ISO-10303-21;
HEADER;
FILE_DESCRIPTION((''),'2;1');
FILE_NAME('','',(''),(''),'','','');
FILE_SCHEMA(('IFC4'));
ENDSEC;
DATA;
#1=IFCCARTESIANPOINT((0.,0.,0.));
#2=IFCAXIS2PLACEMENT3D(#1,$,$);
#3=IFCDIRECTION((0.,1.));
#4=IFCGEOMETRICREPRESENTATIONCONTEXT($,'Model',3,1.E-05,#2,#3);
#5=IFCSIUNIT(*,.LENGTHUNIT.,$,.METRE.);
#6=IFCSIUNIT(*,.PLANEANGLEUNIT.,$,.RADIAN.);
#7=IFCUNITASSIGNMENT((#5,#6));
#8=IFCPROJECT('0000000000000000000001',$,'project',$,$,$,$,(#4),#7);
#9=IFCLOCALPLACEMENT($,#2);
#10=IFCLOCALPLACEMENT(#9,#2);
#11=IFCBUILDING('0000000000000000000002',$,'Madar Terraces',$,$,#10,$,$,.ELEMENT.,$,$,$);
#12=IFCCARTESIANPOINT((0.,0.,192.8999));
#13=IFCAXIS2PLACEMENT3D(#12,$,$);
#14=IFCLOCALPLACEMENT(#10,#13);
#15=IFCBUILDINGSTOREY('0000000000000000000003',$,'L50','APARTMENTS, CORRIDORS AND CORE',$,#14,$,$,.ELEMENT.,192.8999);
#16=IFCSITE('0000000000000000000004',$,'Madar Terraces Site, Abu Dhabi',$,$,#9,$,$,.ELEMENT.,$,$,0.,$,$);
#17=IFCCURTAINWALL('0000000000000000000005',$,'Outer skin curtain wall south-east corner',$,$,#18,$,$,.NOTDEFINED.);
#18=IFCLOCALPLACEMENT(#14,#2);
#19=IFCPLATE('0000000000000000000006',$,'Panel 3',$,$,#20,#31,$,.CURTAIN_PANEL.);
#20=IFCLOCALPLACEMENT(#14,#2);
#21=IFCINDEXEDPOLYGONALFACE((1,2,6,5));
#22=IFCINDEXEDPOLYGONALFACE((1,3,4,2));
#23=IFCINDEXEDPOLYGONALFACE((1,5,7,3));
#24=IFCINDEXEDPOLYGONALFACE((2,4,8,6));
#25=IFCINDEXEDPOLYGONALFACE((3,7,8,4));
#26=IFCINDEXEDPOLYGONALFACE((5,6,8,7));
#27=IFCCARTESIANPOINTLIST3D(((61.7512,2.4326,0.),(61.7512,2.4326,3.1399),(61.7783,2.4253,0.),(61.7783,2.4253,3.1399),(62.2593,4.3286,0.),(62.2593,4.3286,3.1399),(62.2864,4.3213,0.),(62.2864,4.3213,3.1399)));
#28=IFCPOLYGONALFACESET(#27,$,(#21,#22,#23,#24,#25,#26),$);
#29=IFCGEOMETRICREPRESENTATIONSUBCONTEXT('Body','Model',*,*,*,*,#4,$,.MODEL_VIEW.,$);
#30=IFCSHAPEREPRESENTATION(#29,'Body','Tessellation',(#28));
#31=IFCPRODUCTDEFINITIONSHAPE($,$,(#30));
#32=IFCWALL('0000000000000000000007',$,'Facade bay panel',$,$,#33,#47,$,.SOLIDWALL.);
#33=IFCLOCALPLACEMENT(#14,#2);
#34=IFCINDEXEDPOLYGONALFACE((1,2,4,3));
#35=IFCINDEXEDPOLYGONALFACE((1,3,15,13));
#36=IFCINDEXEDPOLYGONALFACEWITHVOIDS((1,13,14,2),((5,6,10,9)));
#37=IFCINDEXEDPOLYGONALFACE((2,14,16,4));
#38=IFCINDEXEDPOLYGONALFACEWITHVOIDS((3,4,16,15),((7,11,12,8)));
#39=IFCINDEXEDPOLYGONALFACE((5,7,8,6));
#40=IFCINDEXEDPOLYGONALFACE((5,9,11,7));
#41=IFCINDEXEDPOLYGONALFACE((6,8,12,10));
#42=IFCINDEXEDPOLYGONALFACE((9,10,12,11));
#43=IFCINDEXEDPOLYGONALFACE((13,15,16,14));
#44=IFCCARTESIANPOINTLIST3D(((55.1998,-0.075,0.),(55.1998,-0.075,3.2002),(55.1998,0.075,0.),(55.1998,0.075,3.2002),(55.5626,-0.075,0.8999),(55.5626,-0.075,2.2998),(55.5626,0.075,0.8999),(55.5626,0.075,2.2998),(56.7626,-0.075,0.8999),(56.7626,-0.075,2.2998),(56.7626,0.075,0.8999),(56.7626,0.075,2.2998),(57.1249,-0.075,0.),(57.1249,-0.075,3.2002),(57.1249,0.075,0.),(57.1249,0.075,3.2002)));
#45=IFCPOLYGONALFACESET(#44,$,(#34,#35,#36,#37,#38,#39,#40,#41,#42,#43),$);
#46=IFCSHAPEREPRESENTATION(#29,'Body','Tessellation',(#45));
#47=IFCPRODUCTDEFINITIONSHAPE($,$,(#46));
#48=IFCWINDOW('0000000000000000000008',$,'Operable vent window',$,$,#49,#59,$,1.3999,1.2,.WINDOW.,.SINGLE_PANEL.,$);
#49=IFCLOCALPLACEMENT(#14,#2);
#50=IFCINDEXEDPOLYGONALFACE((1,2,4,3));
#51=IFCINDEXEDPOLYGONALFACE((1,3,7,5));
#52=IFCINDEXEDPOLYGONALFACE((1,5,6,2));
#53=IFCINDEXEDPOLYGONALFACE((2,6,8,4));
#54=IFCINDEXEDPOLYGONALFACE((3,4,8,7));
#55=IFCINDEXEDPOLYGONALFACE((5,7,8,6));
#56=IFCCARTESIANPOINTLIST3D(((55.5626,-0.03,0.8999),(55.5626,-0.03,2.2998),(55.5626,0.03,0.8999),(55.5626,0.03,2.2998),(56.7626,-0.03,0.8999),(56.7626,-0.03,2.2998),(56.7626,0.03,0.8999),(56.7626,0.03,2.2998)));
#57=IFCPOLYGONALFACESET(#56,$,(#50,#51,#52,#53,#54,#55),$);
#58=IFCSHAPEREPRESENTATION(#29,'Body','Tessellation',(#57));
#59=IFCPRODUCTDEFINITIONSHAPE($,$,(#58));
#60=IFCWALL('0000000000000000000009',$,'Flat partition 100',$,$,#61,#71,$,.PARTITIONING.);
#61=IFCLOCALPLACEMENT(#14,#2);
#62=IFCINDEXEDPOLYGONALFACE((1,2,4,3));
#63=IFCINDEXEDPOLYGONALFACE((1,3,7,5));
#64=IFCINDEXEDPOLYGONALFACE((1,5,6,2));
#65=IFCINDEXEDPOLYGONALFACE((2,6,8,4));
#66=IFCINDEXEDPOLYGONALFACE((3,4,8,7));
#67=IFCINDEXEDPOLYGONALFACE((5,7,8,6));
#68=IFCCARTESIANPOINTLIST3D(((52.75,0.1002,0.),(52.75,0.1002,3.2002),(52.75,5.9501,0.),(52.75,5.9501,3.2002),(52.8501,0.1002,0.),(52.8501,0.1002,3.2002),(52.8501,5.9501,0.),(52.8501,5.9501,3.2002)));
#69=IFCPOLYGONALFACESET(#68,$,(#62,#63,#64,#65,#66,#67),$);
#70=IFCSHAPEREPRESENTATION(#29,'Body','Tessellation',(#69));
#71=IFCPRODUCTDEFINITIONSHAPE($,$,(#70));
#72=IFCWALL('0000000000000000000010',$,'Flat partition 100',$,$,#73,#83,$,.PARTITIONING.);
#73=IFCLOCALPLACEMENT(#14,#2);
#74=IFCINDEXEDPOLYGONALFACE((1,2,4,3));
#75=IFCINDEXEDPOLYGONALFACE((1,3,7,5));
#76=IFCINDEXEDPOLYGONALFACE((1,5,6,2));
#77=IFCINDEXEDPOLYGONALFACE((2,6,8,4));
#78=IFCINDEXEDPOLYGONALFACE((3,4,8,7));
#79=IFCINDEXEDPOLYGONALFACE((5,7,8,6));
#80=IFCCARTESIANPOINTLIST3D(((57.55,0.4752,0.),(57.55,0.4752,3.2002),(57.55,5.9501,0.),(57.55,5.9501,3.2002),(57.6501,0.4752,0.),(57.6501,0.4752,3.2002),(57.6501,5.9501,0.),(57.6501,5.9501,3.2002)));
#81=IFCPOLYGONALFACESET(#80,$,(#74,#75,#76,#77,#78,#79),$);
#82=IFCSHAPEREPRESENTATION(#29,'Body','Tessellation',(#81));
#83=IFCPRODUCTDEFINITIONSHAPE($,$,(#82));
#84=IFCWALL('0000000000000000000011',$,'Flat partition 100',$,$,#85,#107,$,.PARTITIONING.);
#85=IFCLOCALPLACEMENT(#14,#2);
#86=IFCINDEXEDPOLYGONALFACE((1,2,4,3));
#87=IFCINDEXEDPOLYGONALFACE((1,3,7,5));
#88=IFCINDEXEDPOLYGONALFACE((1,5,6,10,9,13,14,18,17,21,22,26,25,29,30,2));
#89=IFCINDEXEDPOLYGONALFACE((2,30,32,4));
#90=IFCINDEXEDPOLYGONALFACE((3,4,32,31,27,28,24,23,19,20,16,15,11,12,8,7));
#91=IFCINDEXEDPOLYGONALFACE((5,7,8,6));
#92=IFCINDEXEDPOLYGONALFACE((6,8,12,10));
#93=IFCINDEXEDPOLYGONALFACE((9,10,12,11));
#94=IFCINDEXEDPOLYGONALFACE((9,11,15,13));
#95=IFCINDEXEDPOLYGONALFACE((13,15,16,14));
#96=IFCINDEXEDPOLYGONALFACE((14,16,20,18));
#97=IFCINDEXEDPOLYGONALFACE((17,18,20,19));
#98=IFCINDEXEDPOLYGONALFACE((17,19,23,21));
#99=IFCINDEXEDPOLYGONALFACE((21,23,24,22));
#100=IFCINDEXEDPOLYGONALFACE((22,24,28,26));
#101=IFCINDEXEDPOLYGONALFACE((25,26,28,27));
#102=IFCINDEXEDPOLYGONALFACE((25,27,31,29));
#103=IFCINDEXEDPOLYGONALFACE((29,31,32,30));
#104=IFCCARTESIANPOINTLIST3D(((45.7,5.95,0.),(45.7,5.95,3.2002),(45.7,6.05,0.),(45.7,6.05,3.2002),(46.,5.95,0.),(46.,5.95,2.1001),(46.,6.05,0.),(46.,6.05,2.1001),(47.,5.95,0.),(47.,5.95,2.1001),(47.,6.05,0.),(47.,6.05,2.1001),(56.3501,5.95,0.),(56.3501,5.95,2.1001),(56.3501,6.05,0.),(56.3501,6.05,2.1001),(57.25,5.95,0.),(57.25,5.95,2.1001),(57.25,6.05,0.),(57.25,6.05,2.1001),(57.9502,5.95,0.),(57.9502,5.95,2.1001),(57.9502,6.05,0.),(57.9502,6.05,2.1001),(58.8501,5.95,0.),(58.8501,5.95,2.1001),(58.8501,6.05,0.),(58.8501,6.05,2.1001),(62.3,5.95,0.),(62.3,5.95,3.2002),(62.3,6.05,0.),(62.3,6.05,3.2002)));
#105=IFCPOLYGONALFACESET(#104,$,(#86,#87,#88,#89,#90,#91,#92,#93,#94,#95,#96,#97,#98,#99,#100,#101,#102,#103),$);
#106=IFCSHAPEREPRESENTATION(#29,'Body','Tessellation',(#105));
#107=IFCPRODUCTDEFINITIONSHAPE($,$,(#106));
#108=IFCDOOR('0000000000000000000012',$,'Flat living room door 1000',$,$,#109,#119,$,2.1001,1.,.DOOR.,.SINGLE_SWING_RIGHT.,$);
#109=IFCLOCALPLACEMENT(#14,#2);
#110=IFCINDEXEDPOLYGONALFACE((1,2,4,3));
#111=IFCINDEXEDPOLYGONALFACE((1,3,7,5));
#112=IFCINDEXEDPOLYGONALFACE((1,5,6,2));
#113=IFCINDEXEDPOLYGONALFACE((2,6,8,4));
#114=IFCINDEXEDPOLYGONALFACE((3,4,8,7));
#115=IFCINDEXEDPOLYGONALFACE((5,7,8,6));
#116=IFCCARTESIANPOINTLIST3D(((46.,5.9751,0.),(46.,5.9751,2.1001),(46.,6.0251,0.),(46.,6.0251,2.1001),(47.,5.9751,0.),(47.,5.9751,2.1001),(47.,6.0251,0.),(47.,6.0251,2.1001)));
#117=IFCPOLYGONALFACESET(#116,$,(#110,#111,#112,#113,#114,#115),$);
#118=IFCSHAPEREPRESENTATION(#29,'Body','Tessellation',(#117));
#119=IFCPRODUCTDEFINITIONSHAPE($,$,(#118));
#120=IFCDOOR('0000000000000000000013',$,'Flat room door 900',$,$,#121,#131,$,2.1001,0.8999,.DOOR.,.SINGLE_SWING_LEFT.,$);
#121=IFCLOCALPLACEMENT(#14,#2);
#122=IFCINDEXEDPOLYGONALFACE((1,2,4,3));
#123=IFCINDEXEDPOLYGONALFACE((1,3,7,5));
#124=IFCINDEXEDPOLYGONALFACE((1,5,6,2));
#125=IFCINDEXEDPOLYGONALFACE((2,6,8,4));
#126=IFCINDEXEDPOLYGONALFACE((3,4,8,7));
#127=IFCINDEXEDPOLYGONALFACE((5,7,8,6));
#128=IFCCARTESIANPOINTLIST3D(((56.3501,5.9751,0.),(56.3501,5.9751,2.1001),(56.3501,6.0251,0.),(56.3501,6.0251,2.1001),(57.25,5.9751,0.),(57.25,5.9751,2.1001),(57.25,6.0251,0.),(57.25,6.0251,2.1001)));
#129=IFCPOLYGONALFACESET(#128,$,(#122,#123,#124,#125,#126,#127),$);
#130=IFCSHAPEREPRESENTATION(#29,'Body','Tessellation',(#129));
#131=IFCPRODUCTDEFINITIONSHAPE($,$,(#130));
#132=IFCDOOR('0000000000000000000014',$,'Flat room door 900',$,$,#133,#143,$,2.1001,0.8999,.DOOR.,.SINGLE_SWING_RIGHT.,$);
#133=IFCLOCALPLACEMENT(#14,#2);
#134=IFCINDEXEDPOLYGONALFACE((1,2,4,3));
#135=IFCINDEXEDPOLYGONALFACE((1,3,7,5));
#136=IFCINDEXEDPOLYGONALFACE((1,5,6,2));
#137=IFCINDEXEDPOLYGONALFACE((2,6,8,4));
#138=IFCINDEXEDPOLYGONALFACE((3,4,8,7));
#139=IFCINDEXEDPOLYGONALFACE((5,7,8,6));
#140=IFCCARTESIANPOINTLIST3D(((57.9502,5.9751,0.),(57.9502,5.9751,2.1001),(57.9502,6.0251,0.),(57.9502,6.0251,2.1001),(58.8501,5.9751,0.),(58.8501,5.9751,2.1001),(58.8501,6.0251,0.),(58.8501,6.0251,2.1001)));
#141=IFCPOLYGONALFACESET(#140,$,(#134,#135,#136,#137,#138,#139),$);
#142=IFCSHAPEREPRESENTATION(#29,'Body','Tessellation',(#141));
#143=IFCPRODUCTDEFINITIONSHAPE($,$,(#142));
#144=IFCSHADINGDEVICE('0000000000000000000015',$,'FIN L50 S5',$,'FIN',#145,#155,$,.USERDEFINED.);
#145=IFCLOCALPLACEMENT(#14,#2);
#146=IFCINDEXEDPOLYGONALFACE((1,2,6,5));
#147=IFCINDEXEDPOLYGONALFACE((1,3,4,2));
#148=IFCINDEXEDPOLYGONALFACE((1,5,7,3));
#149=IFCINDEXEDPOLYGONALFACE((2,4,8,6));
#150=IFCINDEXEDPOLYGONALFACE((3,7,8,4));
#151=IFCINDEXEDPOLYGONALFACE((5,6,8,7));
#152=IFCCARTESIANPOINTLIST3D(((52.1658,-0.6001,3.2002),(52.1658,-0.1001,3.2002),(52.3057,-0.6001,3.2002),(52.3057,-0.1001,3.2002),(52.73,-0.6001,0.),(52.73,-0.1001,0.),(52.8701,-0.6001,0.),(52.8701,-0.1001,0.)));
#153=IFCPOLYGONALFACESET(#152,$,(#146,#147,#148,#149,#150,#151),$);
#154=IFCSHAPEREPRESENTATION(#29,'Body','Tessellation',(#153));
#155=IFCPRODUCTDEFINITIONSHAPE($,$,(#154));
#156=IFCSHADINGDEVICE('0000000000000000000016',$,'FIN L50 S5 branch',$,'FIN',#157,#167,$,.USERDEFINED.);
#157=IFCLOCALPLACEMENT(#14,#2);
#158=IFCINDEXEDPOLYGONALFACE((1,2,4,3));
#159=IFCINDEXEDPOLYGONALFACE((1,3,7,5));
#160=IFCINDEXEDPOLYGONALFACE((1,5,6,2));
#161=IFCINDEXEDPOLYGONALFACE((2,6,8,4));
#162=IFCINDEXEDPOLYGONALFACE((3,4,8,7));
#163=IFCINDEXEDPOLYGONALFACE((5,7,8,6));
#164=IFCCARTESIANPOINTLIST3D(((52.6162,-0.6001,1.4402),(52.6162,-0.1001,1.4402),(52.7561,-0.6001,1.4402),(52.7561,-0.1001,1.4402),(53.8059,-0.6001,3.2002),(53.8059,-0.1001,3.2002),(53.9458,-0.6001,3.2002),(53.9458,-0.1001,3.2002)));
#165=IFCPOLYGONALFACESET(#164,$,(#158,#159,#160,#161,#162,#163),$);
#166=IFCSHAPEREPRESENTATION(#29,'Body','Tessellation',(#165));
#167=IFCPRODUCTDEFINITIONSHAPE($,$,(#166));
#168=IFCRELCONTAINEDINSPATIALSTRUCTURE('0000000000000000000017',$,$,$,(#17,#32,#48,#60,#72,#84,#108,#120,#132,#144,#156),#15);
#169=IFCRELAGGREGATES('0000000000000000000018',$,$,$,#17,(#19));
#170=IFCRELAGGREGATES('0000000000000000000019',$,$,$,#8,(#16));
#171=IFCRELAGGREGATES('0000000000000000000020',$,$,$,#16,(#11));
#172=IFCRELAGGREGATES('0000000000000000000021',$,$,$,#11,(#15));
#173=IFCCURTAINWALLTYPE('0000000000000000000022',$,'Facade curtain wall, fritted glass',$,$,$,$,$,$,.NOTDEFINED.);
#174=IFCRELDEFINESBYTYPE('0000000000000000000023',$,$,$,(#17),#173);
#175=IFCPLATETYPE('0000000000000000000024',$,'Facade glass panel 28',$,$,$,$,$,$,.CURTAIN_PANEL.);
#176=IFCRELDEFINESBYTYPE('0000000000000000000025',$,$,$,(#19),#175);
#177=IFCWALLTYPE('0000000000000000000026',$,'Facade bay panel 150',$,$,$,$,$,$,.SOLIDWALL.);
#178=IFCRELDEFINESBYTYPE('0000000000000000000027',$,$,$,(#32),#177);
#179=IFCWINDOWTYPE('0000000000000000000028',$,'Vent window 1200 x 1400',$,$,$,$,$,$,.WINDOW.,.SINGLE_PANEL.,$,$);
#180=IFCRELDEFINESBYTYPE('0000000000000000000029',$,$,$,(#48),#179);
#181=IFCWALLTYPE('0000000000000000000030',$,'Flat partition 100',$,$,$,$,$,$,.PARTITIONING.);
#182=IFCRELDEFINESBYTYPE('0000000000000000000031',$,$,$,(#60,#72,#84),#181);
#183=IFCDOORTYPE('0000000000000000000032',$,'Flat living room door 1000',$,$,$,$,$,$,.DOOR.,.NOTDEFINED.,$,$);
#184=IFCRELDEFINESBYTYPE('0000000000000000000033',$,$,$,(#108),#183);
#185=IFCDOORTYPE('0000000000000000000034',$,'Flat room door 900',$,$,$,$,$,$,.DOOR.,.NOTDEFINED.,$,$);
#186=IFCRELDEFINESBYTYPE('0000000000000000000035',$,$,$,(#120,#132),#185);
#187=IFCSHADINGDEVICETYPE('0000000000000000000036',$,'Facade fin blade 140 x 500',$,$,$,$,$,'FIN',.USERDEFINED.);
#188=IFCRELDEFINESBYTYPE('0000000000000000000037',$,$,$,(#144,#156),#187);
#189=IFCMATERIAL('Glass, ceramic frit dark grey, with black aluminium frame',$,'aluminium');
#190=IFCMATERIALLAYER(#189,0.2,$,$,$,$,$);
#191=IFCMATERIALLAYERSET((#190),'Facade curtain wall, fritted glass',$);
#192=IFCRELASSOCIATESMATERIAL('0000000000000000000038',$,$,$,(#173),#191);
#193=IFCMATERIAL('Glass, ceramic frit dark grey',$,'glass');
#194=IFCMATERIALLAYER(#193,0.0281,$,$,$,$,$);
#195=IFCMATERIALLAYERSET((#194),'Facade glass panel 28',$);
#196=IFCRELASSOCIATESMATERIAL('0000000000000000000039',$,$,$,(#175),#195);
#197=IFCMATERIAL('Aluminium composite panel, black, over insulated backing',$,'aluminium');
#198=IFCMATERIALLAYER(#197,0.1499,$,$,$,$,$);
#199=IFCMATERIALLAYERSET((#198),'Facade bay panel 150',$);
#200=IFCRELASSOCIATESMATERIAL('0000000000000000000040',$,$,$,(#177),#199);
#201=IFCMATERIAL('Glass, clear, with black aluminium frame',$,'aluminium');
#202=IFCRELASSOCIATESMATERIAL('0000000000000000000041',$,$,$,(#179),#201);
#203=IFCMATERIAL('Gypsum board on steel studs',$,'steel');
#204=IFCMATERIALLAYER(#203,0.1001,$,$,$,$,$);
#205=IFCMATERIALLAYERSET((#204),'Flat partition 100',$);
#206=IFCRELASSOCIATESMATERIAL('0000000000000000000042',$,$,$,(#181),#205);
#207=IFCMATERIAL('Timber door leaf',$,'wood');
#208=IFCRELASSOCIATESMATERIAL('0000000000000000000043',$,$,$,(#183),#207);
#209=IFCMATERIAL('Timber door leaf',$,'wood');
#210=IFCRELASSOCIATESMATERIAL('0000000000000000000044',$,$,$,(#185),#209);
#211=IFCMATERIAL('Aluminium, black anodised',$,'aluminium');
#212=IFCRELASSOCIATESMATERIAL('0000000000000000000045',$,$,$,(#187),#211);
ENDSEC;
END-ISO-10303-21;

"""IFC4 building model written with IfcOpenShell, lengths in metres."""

from ifc_helpers import new_model, si_unit, direction, frame, frame_2d, origin, origin_2d, place, context, subcontext, project, spatial, polyline, rectangle, outline, extrude, material, layer, layer_set, type_object, element, fill, aggregate, save


model = new_model("IFC4")

# Units and contexts
model_context = context("Model", 3, precision=1e-05, world=origin(), true_north=direction((0.0, 1.0)))
body_context = subcontext(model_context, "Body", "Model", "MODEL_VIEW")
ifc_project = project(units=[si_unit("LENGTHUNIT", "METRE"), si_unit("PLANEANGLEUNIT", "RADIAN")], contexts=[model_context])

# Site, building, storey
site_placement = place(None, origin())
site = spatial("IfcSite", under=ifc_project, at=site_placement, Name="Madar Terraces Site, Abu Dhabi", CompositionType="ELEMENT", RefElevation=0.0)
building_placement = place(site_placement, origin())
building = spatial("IfcBuilding", under=site, at=building_placement, Name="Madar Terraces", CompositionType="ELEMENT")
storey_placement = place(building_placement, frame((0.0, 0.0, 192.8999)))
storey = spatial("IfcBuildingStorey", under=building, at=storey_placement, Name="L50", Description="APARTMENTS, CORRIDORS AND CORE", CompositionType="ELEMENT", Elevation=192.8999)

# Shared definitions
ifc_material_1 = material(Name="Glass, ceramic frit dark grey, with black aluminium frame", Category="aluminium")
ifc_layer_1 = layer(ifc_material_1, 0.2)
ifc_layer_set_1 = layer_set([ifc_layer_1], Name="Facade curtain wall, fritted glass")
curtain_wall_type = type_object("IfcCurtainWallType", Name="Facade curtain wall, fritted glass", PredefinedType="NOTDEFINED", material=ifc_layer_set_1)

# Curtain wall
curtain_wall_1_placement = place(storey_placement, origin())
curtain_wall_1 = element("IfcCurtainWall", 1, at=curtain_wall_1_placement, inside=storey, type_object=curtain_wall_type, Name="Outer skin curtain wall south-east corner", PredefinedType="NOTDEFINED")

# Plate
ifc_material_2 = material(Name="Glass, ceramic frit dark grey", Category="glass")
ifc_layer_2 = layer(ifc_material_2, 0.0281)
ifc_layer_set_2 = layer_set([ifc_layer_2], Name="Facade glass panel 28")
plate_type = type_object("IfcPlateType", Name="Facade glass panel 28", PredefinedType="CURTAIN_PANEL", material=ifc_layer_set_2)
plate_1_placement = place(storey_placement, frame((62.0188, 3.377, 0.0), z_axis=(0.0, 0.0, 1.0), x_axis=(0.258819, 0.965926, 0.0)))
plate_1 = element("IfcPlate", 2, at=plate_1_placement, type_object=plate_type, Name="Panel 3", PredefinedType="CURTAIN_PANEL", context=body_context, shape_type="SweptSolid", body=[
    extrude(rectangle(XDim=1.9629, YDim=0.0281, at=origin_2d()), origin(), (0.0, 0.0, 1.0), 3.1399),
])
aggregate(curtain_wall_1, [plate_1])

# Wall, opening, window
ifc_material_3 = material(Name="Aluminium composite panel, black, over insulated backing", Category="aluminium")
ifc_layer_3 = layer(ifc_material_3, 0.1499)
ifc_layer_set_3 = layer_set([ifc_layer_3], Name="Facade bay panel 150")
wall_type_1 = type_object("IfcWallType", Name="Facade bay panel 150", PredefinedType="SOLIDWALL", material=ifc_layer_set_3)
wall_1_placement = place(storey_placement, frame((55.2, 0.0, 0.0), z_axis=(0.0, 0.0, 1.0), x_axis=(1.0, 0.0, 0.0)))
wall_1 = element("IfcWall", 3, at=wall_1_placement, inside=storey, type_object=wall_type_1, Name="Facade bay panel", PredefinedType="SOLIDWALL", context=body_context, shape_type="SweptSolid", body=[
    extrude(rectangle(XDim=1.925, YDim=0.1499, at=frame_2d((0.9624, 0.0))), origin(), (0.0, 0.0, 1.0), 3.2002),
])
opening_1_placement = place(wall_1_placement, frame((0.3625, 0.0, 0.8999)))
opening_1 = element("IfcOpeningElement", 4, at=opening_1_placement, cuts=wall_1, PredefinedType="OPENING", context=body_context, shape_type="SweptSolid", body=[
    extrude(rectangle(XDim=1.2, YDim=1.3999, at=frame_2d((0.6001, 0.7))), frame((0.0, 0.085, 0.0), z_axis=(0.0, -1.0, 0.0), x_axis=(1.0, 0.0, 0.0)), (0.0, 0.0, 1.0), 0.1699),
])
ifc_material_4 = material(Name="Glass, clear, with black aluminium frame", Category="aluminium")
window_type = type_object("IfcWindowType", Name="Vent window 1200 x 1400", PartitioningType="SINGLE_PANEL", PredefinedType="WINDOW", material=ifc_material_4)
window_placement = place(opening_1_placement, origin())
window = element("IfcWindow", 5, at=window_placement, inside=storey, type_object=window_type, Name="Operable vent window", OverallHeight=1.3999, OverallWidth=1.2, PartitioningType="SINGLE_PANEL", PredefinedType="WINDOW", context=body_context, shape_type="SweptSolid", body=[
    extrude(rectangle(XDim=1.2, YDim=1.3999, at=frame_2d((0.6001, 0.7))), frame((0.0, 0.03, 0.0), z_axis=(0.0, -1.0, 0.0), x_axis=(1.0, 0.0, 0.0)), (0.0, 0.0, 1.0), 0.0601),
])
fill(opening_1, window)

# Walls
ifc_material_5 = material(Name="Gypsum board on steel studs", Category="steel")
ifc_layer_4 = layer(ifc_material_5, 0.1001)
ifc_layer_set_4 = layer_set([ifc_layer_4], Name="Flat partition 100")
wall_type_2 = type_object("IfcWallType", Name="Flat partition 100", PredefinedType="PARTITIONING", material=ifc_layer_set_4)
wall_2_placement = place(storey_placement, frame((52.8, 5.95, 0.0), z_axis=(0.0, 0.0, 1.0), x_axis=(0.0, -1.0, 0.0)))
element("IfcWall", 6, at=wall_2_placement, inside=storey, type_object=wall_type_2, Name="Flat partition 100", PredefinedType="PARTITIONING", context=body_context, shape_type="SweptSolid", body=[
    extrude(rectangle(XDim=5.8499, YDim=0.1001, at=frame_2d((2.9248, 0.0))), origin(), (0.0, 0.0, 1.0), 3.2002),
])
wall_3_placement = place(storey_placement, frame((57.6001, 5.95, 0.0), z_axis=(0.0, 0.0, 1.0), x_axis=(0.0, -1.0, 0.0)))
element("IfcWall", 7, at=wall_3_placement, inside=storey, type_object=wall_type_2, Name="Flat partition 100", PredefinedType="PARTITIONING", context=body_context, shape_type="SweptSolid", body=[
    extrude(rectangle(XDim=5.4749, YDim=0.1001, at=frame_2d((2.7373, 0.0))), origin(), (0.0, 0.0, 1.0), 3.2002),
])

# Wall, openings, doors
wall_4_placement = place(storey_placement, frame((62.3, 6.0, 0.0), z_axis=(0.0, 0.0, 1.0), x_axis=(-1.0, 0.0, 0.0)))
wall_4 = element("IfcWall", 8, at=wall_4_placement, inside=storey, type_object=wall_type_2, Name="Flat partition 100", PredefinedType="PARTITIONING", context=body_context, shape_type="SweptSolid", body=[
    extrude(rectangle(XDim=16.6001, YDim=0.1001, at=frame_2d((8.3, 0.0))), origin(), (0.0, 0.0, 1.0), 3.2002),
])
opening_2_placement = place(wall_4_placement, frame((15.3, 0.0, 0.0)))
opening_2 = element("IfcOpeningElement", 9, at=opening_2_placement, cuts=wall_4, PredefinedType="OPENING", context=body_context, shape_type="SweptSolid", body=[
    extrude(rectangle(XDim=1.0, YDim=2.1001, at=frame_2d((0.5, 1.05))), frame((0.0, 0.0601, 0.0), z_axis=(0.0, -1.0, 0.0), x_axis=(1.0, 0.0, 0.0)), (0.0, 0.0, 1.0), 0.1201),
])
opening_3_placement = place(wall_4_placement, frame((5.05, 0.0, 0.0)))
opening_3 = element("IfcOpeningElement", 10, at=opening_3_placement, cuts=wall_4, PredefinedType="OPENING", context=body_context, shape_type="SweptSolid", body=[
    extrude(rectangle(XDim=0.8999, YDim=2.1001, at=frame_2d((0.45, 1.05))), frame((0.0, 0.0601, 0.0), z_axis=(0.0, -1.0, 0.0), x_axis=(1.0, 0.0, 0.0)), (0.0, 0.0, 1.0), 0.1201),
])
opening_4_placement = place(wall_4_placement, frame((3.45, 0.0, 0.0)))
opening_4 = element("IfcOpeningElement", 11, at=opening_4_placement, cuts=wall_4, PredefinedType="OPENING", context=body_context, shape_type="SweptSolid", body=[
    extrude(rectangle(XDim=0.8999, YDim=2.1001, at=frame_2d((0.45, 1.05))), frame((0.0, 0.0601, 0.0), z_axis=(0.0, -1.0, 0.0), x_axis=(1.0, 0.0, 0.0)), (0.0, 0.0, 1.0), 0.1201),
])
ifc_material_6 = material(Name="Timber door leaf", Category="wood")
door_type_1 = type_object("IfcDoorType", Name="Flat living room door 1000", OperationType="NOTDEFINED", PredefinedType="DOOR", material=ifc_material_6)
door_1_placement = place(opening_2_placement, origin())
door_1 = element("IfcDoor", 12, at=door_1_placement, inside=storey, type_object=door_type_1, Name="Flat living room door 1000", OperationType="SINGLE_SWING_RIGHT", OverallHeight=2.1001, OverallWidth=1.0, PredefinedType="DOOR", context=body_context, shape_type="SweptSolid", body=[
    extrude(rectangle(XDim=1.0, YDim=2.1001, at=frame_2d((0.5, 1.05))), frame((0.0, 0.0249, 0.0), z_axis=(0.0, -1.0, 0.0), x_axis=(1.0, 0.0, 0.0)), (0.0, 0.0, 1.0), 0.05),
])
fill(opening_2, door_1)
ifc_material_7 = material(Name="Timber door leaf", Category="wood")
door_type_2 = type_object("IfcDoorType", Name="Flat room door 900", OperationType="NOTDEFINED", PredefinedType="DOOR", material=ifc_material_7)
door_2_placement = place(opening_3_placement, origin())
door_2 = element("IfcDoor", 13, at=door_2_placement, inside=storey, type_object=door_type_2, Name="Flat room door 900", OperationType="SINGLE_SWING_LEFT", OverallHeight=2.1001, OverallWidth=0.8999, PredefinedType="DOOR", context=body_context, shape_type="SweptSolid", body=[
    extrude(rectangle(XDim=0.8999, YDim=2.1001, at=frame_2d((0.45, 1.05))), frame((0.0, 0.0249, 0.0), z_axis=(0.0, -1.0, 0.0), x_axis=(1.0, 0.0, 0.0)), (0.0, 0.0, 1.0), 0.05),
])
fill(opening_3, door_2)
door_3_placement = place(opening_4_placement, origin())
door_3 = element("IfcDoor", 14, at=door_3_placement, inside=storey, type_object=door_type_2, Name="Flat room door 900", OperationType="SINGLE_SWING_RIGHT", OverallHeight=2.1001, OverallWidth=0.8999, PredefinedType="DOOR", context=body_context, shape_type="SweptSolid", body=[
    extrude(rectangle(XDim=0.8999, YDim=2.1001, at=frame_2d((0.45, 1.05))), frame((0.0, 0.0249, 0.0), z_axis=(0.0, -1.0, 0.0), x_axis=(1.0, 0.0, 0.0)), (0.0, 0.0, 1.0), 0.05),
])
fill(opening_4, door_3)

# Shading devices
ifc_material_8 = material(Name="Aluminium, black anodised", Category="aluminium")
shading_device_type = type_object("IfcShadingDeviceType", Name="Facade fin blade 140 x 500", ElementType="FIN", PredefinedType="USERDEFINED", material=ifc_material_8)
shading_device_1_placement = place(storey_placement, frame((52.73, -0.3501, 0.0), z_axis=(0.0, 0.0, 1.0), x_axis=(1.0, 0.0, 0.0)))
element("IfcShadingDevice", 15, at=shading_device_1_placement, inside=storey, type_object=shading_device_type, Name="FIN L50 S5", ObjectType="FIN", PredefinedType="USERDEFINED", context=body_context, shape_type="SweptSolid", body=[
    extrude(outline(polyline([(0.0, 0.0), (0.1401, 0.0), (-0.4243, 3.2002), (-0.5642, 3.2002), (0.0, 0.0)])), frame((0.0, 0.25, 0.0), z_axis=(0.0, -1.0, 0.0), x_axis=(1.0, 0.0, 0.0)), (0.0, 0.0, 1.0), 0.5),
])
shading_device_2_placement = place(storey_placement, frame((52.6162, -0.3501, 1.4402), z_axis=(0.0, 0.0, 1.0), x_axis=(1.0, 0.0, 0.0)))
element("IfcShadingDevice", 16, at=shading_device_2_placement, inside=storey, type_object=shading_device_type, Name="FIN L50 S5 branch", ObjectType="FIN", PredefinedType="USERDEFINED", context=body_context, shape_type="SweptSolid", body=[
    extrude(outline(polyline([(0.0, 0.0), (0.1399, 0.0), (1.3296, 1.76), (1.1897, 1.76), (0.0, 0.0)])), frame((0.0, 0.25, 0.0), z_axis=(0.0, -1.0, 0.0), x_axis=(1.0, 0.0, 0.0)), (0.0, 0.0, 1.0), 0.5),
])

save(model, "model.ifc")
